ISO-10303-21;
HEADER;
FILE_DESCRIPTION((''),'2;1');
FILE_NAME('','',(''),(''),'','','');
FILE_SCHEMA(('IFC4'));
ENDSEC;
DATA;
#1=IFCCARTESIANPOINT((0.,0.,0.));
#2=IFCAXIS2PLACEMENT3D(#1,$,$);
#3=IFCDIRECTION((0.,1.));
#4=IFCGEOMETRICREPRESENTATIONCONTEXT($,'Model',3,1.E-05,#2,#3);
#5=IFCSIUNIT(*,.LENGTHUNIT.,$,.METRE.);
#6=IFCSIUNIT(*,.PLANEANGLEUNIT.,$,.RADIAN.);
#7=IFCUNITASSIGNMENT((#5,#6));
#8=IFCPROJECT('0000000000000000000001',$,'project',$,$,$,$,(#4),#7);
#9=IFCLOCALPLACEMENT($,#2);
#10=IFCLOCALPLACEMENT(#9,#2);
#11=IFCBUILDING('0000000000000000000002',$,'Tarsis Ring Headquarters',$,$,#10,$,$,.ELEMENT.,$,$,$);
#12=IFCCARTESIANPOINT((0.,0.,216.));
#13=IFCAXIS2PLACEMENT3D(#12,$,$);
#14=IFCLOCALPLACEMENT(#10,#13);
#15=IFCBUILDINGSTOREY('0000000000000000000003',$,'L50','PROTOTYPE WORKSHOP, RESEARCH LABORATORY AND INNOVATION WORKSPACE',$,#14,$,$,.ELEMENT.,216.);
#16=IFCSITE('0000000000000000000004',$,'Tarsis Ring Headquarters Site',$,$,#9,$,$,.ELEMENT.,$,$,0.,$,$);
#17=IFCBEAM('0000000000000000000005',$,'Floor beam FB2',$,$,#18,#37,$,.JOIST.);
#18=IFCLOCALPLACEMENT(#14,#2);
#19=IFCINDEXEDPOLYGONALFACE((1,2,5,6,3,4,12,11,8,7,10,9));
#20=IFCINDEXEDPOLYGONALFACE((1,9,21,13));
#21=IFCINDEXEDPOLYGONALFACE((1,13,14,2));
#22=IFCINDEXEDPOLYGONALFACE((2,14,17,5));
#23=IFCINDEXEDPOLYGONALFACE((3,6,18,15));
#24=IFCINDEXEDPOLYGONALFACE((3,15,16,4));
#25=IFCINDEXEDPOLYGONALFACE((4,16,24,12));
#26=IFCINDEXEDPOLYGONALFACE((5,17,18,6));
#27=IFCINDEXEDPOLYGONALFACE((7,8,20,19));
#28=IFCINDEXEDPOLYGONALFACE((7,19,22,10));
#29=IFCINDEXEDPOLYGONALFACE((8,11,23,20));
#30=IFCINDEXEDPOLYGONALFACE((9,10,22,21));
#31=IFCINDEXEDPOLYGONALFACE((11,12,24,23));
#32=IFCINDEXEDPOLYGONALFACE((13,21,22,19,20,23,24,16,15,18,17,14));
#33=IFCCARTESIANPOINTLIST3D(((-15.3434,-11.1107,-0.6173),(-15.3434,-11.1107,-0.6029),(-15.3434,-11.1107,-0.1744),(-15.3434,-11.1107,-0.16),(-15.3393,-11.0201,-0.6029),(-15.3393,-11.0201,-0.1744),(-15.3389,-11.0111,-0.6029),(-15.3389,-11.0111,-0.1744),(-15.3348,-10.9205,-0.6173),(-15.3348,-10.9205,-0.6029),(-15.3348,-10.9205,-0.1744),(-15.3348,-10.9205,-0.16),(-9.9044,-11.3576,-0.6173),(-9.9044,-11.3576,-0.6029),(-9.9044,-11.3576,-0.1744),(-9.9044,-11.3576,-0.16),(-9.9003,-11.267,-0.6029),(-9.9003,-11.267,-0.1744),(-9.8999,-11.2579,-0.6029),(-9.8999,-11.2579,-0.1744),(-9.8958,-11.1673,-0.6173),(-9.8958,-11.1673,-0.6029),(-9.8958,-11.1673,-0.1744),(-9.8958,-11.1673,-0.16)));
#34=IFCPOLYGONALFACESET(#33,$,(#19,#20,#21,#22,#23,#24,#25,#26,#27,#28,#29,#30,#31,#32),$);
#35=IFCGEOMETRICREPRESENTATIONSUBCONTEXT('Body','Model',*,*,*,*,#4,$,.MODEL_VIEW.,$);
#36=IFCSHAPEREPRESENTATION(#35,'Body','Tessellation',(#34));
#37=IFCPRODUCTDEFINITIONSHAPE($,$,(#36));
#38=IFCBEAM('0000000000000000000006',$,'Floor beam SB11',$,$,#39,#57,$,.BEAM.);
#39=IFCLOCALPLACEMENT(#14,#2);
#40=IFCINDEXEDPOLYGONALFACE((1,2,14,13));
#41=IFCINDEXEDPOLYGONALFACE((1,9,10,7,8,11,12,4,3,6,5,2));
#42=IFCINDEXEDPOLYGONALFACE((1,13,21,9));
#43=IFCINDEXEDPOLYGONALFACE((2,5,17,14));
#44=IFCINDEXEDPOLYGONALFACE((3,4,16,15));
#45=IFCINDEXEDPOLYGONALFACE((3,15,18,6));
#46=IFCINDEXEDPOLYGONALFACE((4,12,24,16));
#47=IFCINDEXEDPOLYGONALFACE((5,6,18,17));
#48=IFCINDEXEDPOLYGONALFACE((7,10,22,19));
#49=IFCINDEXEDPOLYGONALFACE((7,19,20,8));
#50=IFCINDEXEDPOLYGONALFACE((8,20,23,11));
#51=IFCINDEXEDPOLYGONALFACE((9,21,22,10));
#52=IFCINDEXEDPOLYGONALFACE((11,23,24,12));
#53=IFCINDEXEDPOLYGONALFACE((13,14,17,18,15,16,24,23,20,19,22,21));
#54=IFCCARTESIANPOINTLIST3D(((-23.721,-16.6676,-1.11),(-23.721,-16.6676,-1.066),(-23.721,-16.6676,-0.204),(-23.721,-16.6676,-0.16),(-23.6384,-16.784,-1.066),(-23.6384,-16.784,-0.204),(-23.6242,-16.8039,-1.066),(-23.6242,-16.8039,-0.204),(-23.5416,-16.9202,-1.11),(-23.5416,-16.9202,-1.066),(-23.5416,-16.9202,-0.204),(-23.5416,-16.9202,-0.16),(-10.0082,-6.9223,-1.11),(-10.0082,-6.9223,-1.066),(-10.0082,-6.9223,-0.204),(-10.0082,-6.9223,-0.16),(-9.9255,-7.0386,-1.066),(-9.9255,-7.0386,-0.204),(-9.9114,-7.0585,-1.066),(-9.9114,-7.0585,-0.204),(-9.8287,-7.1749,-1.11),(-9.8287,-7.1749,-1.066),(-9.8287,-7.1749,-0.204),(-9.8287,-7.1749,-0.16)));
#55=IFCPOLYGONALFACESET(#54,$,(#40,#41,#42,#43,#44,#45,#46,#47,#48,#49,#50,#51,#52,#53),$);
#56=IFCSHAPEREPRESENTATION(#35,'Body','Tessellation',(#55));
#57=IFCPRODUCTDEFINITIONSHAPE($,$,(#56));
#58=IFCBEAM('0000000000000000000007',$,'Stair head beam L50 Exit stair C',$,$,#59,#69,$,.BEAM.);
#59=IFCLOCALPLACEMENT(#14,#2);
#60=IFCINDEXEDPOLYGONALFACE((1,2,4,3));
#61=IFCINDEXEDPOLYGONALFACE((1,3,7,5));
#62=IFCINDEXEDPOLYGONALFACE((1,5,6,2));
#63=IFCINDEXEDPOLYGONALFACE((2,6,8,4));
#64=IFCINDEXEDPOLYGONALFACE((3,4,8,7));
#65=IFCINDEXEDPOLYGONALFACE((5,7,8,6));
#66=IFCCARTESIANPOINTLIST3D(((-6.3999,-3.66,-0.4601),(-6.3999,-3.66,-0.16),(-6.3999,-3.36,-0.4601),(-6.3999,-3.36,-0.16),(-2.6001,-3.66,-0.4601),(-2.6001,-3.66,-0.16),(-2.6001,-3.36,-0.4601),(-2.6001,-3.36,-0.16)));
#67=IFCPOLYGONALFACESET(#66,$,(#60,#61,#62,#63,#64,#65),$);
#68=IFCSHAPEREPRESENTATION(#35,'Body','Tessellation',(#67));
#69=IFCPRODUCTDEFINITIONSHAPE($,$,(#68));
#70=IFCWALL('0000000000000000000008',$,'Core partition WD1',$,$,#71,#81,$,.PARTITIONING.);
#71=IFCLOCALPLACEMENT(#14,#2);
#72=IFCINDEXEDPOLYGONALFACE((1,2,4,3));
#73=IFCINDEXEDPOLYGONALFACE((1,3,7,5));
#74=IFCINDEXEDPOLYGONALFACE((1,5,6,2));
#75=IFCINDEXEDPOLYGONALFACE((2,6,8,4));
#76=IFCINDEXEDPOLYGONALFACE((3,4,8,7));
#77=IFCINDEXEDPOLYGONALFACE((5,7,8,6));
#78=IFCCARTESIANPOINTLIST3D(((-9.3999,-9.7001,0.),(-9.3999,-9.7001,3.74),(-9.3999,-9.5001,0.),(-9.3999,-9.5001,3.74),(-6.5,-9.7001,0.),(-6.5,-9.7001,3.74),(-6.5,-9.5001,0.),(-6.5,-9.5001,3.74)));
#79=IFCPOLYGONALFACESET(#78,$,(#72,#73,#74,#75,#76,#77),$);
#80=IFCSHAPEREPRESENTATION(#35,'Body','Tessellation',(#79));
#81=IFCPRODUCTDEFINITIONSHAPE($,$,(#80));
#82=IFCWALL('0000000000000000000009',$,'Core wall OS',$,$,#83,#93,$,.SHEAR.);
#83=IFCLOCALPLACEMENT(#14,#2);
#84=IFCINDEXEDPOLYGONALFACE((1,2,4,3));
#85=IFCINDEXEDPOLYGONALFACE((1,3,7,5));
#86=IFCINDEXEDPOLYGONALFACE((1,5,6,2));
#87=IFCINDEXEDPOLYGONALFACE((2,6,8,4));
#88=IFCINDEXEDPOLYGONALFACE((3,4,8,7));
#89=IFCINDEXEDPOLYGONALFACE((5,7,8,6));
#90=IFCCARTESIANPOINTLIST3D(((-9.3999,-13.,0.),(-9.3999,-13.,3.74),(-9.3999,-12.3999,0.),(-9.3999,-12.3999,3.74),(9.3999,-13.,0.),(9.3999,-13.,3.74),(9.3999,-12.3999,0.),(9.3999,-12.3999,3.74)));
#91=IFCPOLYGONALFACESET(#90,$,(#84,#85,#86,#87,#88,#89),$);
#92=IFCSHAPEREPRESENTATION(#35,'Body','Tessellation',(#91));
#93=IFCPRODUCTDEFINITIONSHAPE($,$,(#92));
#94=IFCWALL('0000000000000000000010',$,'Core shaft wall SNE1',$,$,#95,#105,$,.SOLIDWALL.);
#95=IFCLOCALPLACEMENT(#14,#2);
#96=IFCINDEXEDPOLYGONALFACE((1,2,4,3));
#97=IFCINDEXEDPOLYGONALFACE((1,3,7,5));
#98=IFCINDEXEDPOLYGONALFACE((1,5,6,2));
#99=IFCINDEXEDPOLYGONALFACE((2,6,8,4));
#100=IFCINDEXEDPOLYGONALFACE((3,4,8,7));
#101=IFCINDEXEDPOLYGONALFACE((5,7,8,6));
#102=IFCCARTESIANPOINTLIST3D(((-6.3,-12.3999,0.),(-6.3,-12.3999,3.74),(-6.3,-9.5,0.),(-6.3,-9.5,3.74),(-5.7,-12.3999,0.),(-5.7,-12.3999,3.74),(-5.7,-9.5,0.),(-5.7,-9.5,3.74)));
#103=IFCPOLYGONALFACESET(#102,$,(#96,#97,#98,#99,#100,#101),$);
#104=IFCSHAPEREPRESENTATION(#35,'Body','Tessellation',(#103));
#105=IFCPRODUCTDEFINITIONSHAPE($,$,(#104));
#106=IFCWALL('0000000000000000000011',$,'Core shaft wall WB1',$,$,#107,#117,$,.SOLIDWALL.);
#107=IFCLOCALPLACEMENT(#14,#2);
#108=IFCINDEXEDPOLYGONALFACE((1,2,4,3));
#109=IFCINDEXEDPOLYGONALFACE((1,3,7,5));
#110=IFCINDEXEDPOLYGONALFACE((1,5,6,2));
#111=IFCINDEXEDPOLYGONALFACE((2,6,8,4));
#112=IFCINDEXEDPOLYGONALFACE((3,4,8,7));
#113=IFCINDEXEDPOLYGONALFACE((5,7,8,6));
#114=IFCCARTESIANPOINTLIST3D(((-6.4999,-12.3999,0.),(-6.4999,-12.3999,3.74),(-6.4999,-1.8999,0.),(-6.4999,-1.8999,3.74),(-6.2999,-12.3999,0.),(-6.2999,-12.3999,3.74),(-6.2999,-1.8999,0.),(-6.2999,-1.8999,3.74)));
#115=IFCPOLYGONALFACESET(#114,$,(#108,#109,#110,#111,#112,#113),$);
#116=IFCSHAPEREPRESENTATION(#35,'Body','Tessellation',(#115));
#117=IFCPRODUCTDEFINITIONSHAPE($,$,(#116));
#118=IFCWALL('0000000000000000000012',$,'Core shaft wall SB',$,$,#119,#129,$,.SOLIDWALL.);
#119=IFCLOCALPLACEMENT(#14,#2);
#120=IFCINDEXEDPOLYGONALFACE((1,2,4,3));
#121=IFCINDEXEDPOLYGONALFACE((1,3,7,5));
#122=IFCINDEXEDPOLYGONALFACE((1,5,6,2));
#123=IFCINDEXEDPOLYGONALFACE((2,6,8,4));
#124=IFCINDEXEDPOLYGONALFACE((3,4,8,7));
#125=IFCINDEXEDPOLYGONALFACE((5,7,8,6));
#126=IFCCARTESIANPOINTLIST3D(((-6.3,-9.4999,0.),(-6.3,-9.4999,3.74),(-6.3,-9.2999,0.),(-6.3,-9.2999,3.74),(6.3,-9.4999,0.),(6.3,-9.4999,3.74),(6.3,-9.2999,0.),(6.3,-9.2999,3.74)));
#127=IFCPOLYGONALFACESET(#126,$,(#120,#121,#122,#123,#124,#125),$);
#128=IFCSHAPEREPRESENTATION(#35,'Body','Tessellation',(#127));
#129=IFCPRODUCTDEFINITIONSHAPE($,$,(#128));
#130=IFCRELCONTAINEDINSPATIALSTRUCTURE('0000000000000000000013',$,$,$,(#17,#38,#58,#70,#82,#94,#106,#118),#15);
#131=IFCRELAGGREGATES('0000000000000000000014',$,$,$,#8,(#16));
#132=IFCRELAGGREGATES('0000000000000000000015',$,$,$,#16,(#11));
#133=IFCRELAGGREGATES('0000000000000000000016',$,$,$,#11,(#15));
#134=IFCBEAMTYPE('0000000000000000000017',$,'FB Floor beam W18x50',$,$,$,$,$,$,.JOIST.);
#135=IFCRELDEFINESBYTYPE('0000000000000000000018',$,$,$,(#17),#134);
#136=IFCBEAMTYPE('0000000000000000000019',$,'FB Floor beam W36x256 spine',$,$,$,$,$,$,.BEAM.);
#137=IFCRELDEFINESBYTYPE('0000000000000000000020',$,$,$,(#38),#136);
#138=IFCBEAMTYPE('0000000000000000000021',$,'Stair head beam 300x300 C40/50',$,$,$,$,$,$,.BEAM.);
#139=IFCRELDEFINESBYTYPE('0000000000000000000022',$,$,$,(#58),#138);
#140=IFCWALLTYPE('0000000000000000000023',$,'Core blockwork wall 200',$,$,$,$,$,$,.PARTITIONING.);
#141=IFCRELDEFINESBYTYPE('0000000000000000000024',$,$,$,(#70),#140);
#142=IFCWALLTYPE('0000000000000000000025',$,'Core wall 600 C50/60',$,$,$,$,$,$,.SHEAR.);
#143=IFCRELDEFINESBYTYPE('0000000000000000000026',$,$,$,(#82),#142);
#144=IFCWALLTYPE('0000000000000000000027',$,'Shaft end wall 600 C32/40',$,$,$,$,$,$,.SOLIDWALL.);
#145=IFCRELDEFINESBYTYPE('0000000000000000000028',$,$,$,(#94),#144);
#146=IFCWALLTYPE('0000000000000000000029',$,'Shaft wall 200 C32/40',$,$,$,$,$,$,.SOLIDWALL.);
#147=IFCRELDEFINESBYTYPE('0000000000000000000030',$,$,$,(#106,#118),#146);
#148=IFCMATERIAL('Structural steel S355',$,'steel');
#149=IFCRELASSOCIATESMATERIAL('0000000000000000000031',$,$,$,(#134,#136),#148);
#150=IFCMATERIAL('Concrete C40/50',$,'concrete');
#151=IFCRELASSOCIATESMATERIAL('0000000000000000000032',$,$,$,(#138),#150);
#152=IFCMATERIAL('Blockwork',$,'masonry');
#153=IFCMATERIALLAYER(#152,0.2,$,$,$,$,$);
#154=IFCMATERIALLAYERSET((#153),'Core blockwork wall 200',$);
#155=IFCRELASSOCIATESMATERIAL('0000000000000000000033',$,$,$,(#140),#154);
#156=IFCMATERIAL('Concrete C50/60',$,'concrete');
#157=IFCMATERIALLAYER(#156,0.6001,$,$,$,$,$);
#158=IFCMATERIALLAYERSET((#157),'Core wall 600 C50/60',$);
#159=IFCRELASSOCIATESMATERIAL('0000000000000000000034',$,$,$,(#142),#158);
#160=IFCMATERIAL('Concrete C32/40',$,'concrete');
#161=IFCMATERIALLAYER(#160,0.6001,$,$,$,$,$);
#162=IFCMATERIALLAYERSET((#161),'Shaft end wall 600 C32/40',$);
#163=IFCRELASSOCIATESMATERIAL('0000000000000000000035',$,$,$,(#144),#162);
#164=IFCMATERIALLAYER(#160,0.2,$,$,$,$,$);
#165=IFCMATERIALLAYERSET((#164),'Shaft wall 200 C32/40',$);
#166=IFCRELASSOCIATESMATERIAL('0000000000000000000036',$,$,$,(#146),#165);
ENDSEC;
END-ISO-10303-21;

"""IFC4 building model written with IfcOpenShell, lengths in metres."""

from ifc_helpers import new_model, si_unit, direction, frame, frame_2d, origin, origin_2d, place, context, subcontext, project, spatial, rectangle, i_section, extrude, material, layer, layer_set, material_profile, profile_set, type_object, element, save


model = new_model("IFC4")

# Units and contexts
model_context = context("Model", 3, precision=1e-05, world=origin(), true_north=direction((0.0, 1.0)))
body_context = subcontext(model_context, "Body", "Model", "MODEL_VIEW")
ifc_project = project(units=[si_unit("LENGTHUNIT", "METRE"), si_unit("PLANEANGLEUNIT", "RADIAN")], contexts=[model_context])

# Site, building, storey
site_placement = place(None, origin())
site = spatial("IfcSite", under=ifc_project, at=site_placement, Name="Tarsis Ring Headquarters Site", CompositionType="ELEMENT", RefElevation=0.0)
building_placement = place(site_placement, origin())
building = spatial("IfcBuilding", under=site, at=building_placement, Name="Tarsis Ring Headquarters", CompositionType="ELEMENT")
storey_placement = place(building_placement, frame((0.0, 0.0, 216.0)))
storey = spatial("IfcBuildingStorey", under=building, at=storey_placement, Name="L50", Description="PROTOTYPE WORKSHOP, RESEARCH LABORATORY AND INNOVATION WORKSPACE", CompositionType="ELEMENT", Elevation=216.0)

# Beams
ifc_material_1 = material(Name="Structural steel S355", Category="steel")
ifc_material_profile_1 = material_profile(ifc_material_1, i_section(OverallWidth=0.1904, OverallDepth=0.4573, WebThickness=0.009, FlangeThickness=0.0144, at=origin_2d()), Name="W18x50")
ifc_profile_set_1 = profile_set([ifc_material_profile_1], Name="Structural steel S355")
beam_type_1 = type_object("IfcBeamType", Name="FB Floor beam W18x50", PredefinedType="JOIST", material=ifc_profile_set_1)
beam_1_placement = place(storey_placement, frame((-15.3391, -11.0156, -0.3887), z_axis=(0.998972, -0.045334, 0.0), x_axis=(0.045334, 0.998972, 0.0)))
element("IfcBeam", 1, at=beam_1_placement, inside=storey, type_object=beam_type_1, Name="Floor beam FB2", PredefinedType="JOIST", context=body_context, shape_type="SweptSolid", body=[
    extrude(i_section(OverallWidth=0.1904, OverallDepth=0.4573, WebThickness=0.009, FlangeThickness=0.0144, at=origin_2d()), origin(), (0.0, 0.0, 1.0), 5.4446),
])
ifc_material_profile_2 = material_profile(ifc_material_1, i_section(OverallWidth=0.3098, OverallDepth=0.95, WebThickness=0.0244, FlangeThickness=0.0439, at=origin_2d()), Name="W36x256")
ifc_profile_set_2 = profile_set([ifc_material_profile_2], Name="Structural steel S355")
beam_type_2 = type_object("IfcBeamType", Name="FB Floor beam W36x256 spine", PredefinedType="BEAM", material=ifc_profile_set_2)
beam_2_placement = place(storey_placement, frame((-9.9185, -7.0486, -0.635), z_axis=(-0.815125, -0.579286, 0.0), x_axis=(0.579286, -0.815125, 0.0)))
element("IfcBeam", 2, at=beam_2_placement, inside=storey, type_object=beam_type_2, Name="Floor beam SB11", PredefinedType="BEAM", context=body_context, shape_type="SweptSolid", body=[
    extrude(i_section(OverallWidth=0.3098, OverallDepth=0.95, WebThickness=0.0244, FlangeThickness=0.0439, at=origin_2d()), origin(), (0.0, 0.0, 1.0), 16.823),
])
ifc_material_2 = material(Name="Concrete C40/50", Category="concrete")
ifc_material_profile_3 = material_profile(ifc_material_2, rectangle(XDim=0.3, YDim=0.3, at=origin_2d()), Name="Stair head beam 300x300 C40/50")
ifc_profile_set_3 = profile_set([ifc_material_profile_3], Name="Concrete C40/50")
beam_type_3 = type_object("IfcBeamType", Name="Stair head beam 300x300 C40/50", PredefinedType="BEAM", material=ifc_profile_set_3)
beam_3_placement = place(storey_placement, frame((-6.3999, -3.51, -0.3101), z_axis=(1.0, 0.0, 0.0), x_axis=(0.0, 1.0, 0.0)))
element("IfcBeam", 3, at=beam_3_placement, inside=storey, type_object=beam_type_3, Name="Stair head beam L50 Exit stair C", PredefinedType="BEAM", context=body_context, shape_type="SweptSolid", body=[
    extrude(rectangle(XDim=0.3, YDim=0.3, at=origin_2d()), origin(), (0.0, 0.0, 1.0), 3.7998),
])

# Walls
ifc_material_3 = material(Name="Blockwork", Category="masonry")
ifc_layer_1 = layer(ifc_material_3, 0.2)
ifc_layer_set_1 = layer_set([ifc_layer_1], Name="Core blockwork wall 200")
wall_type_1 = type_object("IfcWallType", Name="Core blockwork wall 200", PredefinedType="PARTITIONING", material=ifc_layer_set_1)
wall_1_placement = place(storey_placement, frame((-9.3999, -9.6001, 0.0), z_axis=(0.0, 0.0, 1.0), x_axis=(1.0, 0.0, 0.0)))
element("IfcWall", 4, at=wall_1_placement, inside=storey, type_object=wall_type_1, Name="Core partition WD1", PredefinedType="PARTITIONING", context=body_context, shape_type="SweptSolid", body=[
    extrude(rectangle(XDim=2.8999, YDim=0.2, at=frame_2d((1.45, 0.0))), origin(), (0.0, 0.0, 1.0), 3.74),
])
ifc_material_4 = material(Name="Concrete C50/60", Category="concrete")
ifc_layer_2 = layer(ifc_material_4, 0.6001)
ifc_layer_set_2 = layer_set([ifc_layer_2], Name="Core wall 600 C50/60")
wall_type_2 = type_object("IfcWallType", Name="Core wall 600 C50/60", PredefinedType="SHEAR", material=ifc_layer_set_2)
wall_2_placement = place(storey_placement, frame((-9.3999, -12.7, 0.0), z_axis=(0.0, 0.0, 1.0), x_axis=(1.0, 0.0, 0.0)))
element("IfcWall", 5, at=wall_2_placement, inside=storey, type_object=wall_type_2, Name="Core wall OS", PredefinedType="SHEAR", context=body_context, shape_type="SweptSolid", body=[
    extrude(rectangle(XDim=18.7998, YDim=0.6001, at=frame_2d((9.3999, 0.0))), origin(), (0.0, 0.0, 1.0), 3.74),
])
ifc_material_5 = material(Name="Concrete C32/40", Category="concrete")
ifc_layer_3 = layer(ifc_material_5, 0.6001)
ifc_layer_set_3 = layer_set([ifc_layer_3], Name="Shaft end wall 600 C32/40")
wall_type_3 = type_object("IfcWallType", Name="Shaft end wall 600 C32/40", PredefinedType="SOLIDWALL", material=ifc_layer_set_3)
wall_3_placement = place(storey_placement, frame((-6.0, -12.3999, 0.0), z_axis=(0.0, 0.0, 1.0), x_axis=(0.0, 1.0, 0.0)))
element("IfcWall", 6, at=wall_3_placement, inside=storey, type_object=wall_type_3, Name="Core shaft wall SNE1", PredefinedType="SOLIDWALL", context=body_context, shape_type="SweptSolid", body=[
    extrude(rectangle(XDim=2.8999, YDim=0.6001, at=frame_2d((1.45, 0.0))), origin(), (0.0, 0.0, 1.0), 3.74),
])
ifc_layer_4 = layer(ifc_material_5, 0.2)
ifc_layer_set_4 = layer_set([ifc_layer_4], Name="Shaft wall 200 C32/40")
wall_type_4 = type_object("IfcWallType", Name="Shaft wall 200 C32/40", PredefinedType="SOLIDWALL", material=ifc_layer_set_4)
wall_4_placement = place(storey_placement, frame((-6.3999, -12.3999, 0.0), z_axis=(0.0, 0.0, 1.0), x_axis=(0.0, 1.0, 0.0)))
element("IfcWall", 7, at=wall_4_placement, inside=storey, type_object=wall_type_4, Name="Core shaft wall WB1", PredefinedType="SOLIDWALL", context=body_context, shape_type="SweptSolid", body=[
    extrude(rectangle(XDim=10.5, YDim=0.2, at=frame_2d((5.25, 0.0))), origin(), (0.0, 0.0, 1.0), 3.74),
])
wall_5_placement = place(storey_placement, frame((-6.3, -9.3999, 0.0), z_axis=(0.0, 0.0, 1.0), x_axis=(1.0, 0.0, 0.0)))
element("IfcWall", 8, at=wall_5_placement, inside=storey, type_object=wall_type_4, Name="Core shaft wall SB", PredefinedType="SOLIDWALL", context=body_context, shape_type="SweptSolid", body=[
    extrude(rectangle(XDim=12.6001, YDim=0.2, at=frame_2d((6.3, 0.0))), origin(), (0.0, 0.0, 1.0), 3.74),
])

save(model, "model.ifc")
